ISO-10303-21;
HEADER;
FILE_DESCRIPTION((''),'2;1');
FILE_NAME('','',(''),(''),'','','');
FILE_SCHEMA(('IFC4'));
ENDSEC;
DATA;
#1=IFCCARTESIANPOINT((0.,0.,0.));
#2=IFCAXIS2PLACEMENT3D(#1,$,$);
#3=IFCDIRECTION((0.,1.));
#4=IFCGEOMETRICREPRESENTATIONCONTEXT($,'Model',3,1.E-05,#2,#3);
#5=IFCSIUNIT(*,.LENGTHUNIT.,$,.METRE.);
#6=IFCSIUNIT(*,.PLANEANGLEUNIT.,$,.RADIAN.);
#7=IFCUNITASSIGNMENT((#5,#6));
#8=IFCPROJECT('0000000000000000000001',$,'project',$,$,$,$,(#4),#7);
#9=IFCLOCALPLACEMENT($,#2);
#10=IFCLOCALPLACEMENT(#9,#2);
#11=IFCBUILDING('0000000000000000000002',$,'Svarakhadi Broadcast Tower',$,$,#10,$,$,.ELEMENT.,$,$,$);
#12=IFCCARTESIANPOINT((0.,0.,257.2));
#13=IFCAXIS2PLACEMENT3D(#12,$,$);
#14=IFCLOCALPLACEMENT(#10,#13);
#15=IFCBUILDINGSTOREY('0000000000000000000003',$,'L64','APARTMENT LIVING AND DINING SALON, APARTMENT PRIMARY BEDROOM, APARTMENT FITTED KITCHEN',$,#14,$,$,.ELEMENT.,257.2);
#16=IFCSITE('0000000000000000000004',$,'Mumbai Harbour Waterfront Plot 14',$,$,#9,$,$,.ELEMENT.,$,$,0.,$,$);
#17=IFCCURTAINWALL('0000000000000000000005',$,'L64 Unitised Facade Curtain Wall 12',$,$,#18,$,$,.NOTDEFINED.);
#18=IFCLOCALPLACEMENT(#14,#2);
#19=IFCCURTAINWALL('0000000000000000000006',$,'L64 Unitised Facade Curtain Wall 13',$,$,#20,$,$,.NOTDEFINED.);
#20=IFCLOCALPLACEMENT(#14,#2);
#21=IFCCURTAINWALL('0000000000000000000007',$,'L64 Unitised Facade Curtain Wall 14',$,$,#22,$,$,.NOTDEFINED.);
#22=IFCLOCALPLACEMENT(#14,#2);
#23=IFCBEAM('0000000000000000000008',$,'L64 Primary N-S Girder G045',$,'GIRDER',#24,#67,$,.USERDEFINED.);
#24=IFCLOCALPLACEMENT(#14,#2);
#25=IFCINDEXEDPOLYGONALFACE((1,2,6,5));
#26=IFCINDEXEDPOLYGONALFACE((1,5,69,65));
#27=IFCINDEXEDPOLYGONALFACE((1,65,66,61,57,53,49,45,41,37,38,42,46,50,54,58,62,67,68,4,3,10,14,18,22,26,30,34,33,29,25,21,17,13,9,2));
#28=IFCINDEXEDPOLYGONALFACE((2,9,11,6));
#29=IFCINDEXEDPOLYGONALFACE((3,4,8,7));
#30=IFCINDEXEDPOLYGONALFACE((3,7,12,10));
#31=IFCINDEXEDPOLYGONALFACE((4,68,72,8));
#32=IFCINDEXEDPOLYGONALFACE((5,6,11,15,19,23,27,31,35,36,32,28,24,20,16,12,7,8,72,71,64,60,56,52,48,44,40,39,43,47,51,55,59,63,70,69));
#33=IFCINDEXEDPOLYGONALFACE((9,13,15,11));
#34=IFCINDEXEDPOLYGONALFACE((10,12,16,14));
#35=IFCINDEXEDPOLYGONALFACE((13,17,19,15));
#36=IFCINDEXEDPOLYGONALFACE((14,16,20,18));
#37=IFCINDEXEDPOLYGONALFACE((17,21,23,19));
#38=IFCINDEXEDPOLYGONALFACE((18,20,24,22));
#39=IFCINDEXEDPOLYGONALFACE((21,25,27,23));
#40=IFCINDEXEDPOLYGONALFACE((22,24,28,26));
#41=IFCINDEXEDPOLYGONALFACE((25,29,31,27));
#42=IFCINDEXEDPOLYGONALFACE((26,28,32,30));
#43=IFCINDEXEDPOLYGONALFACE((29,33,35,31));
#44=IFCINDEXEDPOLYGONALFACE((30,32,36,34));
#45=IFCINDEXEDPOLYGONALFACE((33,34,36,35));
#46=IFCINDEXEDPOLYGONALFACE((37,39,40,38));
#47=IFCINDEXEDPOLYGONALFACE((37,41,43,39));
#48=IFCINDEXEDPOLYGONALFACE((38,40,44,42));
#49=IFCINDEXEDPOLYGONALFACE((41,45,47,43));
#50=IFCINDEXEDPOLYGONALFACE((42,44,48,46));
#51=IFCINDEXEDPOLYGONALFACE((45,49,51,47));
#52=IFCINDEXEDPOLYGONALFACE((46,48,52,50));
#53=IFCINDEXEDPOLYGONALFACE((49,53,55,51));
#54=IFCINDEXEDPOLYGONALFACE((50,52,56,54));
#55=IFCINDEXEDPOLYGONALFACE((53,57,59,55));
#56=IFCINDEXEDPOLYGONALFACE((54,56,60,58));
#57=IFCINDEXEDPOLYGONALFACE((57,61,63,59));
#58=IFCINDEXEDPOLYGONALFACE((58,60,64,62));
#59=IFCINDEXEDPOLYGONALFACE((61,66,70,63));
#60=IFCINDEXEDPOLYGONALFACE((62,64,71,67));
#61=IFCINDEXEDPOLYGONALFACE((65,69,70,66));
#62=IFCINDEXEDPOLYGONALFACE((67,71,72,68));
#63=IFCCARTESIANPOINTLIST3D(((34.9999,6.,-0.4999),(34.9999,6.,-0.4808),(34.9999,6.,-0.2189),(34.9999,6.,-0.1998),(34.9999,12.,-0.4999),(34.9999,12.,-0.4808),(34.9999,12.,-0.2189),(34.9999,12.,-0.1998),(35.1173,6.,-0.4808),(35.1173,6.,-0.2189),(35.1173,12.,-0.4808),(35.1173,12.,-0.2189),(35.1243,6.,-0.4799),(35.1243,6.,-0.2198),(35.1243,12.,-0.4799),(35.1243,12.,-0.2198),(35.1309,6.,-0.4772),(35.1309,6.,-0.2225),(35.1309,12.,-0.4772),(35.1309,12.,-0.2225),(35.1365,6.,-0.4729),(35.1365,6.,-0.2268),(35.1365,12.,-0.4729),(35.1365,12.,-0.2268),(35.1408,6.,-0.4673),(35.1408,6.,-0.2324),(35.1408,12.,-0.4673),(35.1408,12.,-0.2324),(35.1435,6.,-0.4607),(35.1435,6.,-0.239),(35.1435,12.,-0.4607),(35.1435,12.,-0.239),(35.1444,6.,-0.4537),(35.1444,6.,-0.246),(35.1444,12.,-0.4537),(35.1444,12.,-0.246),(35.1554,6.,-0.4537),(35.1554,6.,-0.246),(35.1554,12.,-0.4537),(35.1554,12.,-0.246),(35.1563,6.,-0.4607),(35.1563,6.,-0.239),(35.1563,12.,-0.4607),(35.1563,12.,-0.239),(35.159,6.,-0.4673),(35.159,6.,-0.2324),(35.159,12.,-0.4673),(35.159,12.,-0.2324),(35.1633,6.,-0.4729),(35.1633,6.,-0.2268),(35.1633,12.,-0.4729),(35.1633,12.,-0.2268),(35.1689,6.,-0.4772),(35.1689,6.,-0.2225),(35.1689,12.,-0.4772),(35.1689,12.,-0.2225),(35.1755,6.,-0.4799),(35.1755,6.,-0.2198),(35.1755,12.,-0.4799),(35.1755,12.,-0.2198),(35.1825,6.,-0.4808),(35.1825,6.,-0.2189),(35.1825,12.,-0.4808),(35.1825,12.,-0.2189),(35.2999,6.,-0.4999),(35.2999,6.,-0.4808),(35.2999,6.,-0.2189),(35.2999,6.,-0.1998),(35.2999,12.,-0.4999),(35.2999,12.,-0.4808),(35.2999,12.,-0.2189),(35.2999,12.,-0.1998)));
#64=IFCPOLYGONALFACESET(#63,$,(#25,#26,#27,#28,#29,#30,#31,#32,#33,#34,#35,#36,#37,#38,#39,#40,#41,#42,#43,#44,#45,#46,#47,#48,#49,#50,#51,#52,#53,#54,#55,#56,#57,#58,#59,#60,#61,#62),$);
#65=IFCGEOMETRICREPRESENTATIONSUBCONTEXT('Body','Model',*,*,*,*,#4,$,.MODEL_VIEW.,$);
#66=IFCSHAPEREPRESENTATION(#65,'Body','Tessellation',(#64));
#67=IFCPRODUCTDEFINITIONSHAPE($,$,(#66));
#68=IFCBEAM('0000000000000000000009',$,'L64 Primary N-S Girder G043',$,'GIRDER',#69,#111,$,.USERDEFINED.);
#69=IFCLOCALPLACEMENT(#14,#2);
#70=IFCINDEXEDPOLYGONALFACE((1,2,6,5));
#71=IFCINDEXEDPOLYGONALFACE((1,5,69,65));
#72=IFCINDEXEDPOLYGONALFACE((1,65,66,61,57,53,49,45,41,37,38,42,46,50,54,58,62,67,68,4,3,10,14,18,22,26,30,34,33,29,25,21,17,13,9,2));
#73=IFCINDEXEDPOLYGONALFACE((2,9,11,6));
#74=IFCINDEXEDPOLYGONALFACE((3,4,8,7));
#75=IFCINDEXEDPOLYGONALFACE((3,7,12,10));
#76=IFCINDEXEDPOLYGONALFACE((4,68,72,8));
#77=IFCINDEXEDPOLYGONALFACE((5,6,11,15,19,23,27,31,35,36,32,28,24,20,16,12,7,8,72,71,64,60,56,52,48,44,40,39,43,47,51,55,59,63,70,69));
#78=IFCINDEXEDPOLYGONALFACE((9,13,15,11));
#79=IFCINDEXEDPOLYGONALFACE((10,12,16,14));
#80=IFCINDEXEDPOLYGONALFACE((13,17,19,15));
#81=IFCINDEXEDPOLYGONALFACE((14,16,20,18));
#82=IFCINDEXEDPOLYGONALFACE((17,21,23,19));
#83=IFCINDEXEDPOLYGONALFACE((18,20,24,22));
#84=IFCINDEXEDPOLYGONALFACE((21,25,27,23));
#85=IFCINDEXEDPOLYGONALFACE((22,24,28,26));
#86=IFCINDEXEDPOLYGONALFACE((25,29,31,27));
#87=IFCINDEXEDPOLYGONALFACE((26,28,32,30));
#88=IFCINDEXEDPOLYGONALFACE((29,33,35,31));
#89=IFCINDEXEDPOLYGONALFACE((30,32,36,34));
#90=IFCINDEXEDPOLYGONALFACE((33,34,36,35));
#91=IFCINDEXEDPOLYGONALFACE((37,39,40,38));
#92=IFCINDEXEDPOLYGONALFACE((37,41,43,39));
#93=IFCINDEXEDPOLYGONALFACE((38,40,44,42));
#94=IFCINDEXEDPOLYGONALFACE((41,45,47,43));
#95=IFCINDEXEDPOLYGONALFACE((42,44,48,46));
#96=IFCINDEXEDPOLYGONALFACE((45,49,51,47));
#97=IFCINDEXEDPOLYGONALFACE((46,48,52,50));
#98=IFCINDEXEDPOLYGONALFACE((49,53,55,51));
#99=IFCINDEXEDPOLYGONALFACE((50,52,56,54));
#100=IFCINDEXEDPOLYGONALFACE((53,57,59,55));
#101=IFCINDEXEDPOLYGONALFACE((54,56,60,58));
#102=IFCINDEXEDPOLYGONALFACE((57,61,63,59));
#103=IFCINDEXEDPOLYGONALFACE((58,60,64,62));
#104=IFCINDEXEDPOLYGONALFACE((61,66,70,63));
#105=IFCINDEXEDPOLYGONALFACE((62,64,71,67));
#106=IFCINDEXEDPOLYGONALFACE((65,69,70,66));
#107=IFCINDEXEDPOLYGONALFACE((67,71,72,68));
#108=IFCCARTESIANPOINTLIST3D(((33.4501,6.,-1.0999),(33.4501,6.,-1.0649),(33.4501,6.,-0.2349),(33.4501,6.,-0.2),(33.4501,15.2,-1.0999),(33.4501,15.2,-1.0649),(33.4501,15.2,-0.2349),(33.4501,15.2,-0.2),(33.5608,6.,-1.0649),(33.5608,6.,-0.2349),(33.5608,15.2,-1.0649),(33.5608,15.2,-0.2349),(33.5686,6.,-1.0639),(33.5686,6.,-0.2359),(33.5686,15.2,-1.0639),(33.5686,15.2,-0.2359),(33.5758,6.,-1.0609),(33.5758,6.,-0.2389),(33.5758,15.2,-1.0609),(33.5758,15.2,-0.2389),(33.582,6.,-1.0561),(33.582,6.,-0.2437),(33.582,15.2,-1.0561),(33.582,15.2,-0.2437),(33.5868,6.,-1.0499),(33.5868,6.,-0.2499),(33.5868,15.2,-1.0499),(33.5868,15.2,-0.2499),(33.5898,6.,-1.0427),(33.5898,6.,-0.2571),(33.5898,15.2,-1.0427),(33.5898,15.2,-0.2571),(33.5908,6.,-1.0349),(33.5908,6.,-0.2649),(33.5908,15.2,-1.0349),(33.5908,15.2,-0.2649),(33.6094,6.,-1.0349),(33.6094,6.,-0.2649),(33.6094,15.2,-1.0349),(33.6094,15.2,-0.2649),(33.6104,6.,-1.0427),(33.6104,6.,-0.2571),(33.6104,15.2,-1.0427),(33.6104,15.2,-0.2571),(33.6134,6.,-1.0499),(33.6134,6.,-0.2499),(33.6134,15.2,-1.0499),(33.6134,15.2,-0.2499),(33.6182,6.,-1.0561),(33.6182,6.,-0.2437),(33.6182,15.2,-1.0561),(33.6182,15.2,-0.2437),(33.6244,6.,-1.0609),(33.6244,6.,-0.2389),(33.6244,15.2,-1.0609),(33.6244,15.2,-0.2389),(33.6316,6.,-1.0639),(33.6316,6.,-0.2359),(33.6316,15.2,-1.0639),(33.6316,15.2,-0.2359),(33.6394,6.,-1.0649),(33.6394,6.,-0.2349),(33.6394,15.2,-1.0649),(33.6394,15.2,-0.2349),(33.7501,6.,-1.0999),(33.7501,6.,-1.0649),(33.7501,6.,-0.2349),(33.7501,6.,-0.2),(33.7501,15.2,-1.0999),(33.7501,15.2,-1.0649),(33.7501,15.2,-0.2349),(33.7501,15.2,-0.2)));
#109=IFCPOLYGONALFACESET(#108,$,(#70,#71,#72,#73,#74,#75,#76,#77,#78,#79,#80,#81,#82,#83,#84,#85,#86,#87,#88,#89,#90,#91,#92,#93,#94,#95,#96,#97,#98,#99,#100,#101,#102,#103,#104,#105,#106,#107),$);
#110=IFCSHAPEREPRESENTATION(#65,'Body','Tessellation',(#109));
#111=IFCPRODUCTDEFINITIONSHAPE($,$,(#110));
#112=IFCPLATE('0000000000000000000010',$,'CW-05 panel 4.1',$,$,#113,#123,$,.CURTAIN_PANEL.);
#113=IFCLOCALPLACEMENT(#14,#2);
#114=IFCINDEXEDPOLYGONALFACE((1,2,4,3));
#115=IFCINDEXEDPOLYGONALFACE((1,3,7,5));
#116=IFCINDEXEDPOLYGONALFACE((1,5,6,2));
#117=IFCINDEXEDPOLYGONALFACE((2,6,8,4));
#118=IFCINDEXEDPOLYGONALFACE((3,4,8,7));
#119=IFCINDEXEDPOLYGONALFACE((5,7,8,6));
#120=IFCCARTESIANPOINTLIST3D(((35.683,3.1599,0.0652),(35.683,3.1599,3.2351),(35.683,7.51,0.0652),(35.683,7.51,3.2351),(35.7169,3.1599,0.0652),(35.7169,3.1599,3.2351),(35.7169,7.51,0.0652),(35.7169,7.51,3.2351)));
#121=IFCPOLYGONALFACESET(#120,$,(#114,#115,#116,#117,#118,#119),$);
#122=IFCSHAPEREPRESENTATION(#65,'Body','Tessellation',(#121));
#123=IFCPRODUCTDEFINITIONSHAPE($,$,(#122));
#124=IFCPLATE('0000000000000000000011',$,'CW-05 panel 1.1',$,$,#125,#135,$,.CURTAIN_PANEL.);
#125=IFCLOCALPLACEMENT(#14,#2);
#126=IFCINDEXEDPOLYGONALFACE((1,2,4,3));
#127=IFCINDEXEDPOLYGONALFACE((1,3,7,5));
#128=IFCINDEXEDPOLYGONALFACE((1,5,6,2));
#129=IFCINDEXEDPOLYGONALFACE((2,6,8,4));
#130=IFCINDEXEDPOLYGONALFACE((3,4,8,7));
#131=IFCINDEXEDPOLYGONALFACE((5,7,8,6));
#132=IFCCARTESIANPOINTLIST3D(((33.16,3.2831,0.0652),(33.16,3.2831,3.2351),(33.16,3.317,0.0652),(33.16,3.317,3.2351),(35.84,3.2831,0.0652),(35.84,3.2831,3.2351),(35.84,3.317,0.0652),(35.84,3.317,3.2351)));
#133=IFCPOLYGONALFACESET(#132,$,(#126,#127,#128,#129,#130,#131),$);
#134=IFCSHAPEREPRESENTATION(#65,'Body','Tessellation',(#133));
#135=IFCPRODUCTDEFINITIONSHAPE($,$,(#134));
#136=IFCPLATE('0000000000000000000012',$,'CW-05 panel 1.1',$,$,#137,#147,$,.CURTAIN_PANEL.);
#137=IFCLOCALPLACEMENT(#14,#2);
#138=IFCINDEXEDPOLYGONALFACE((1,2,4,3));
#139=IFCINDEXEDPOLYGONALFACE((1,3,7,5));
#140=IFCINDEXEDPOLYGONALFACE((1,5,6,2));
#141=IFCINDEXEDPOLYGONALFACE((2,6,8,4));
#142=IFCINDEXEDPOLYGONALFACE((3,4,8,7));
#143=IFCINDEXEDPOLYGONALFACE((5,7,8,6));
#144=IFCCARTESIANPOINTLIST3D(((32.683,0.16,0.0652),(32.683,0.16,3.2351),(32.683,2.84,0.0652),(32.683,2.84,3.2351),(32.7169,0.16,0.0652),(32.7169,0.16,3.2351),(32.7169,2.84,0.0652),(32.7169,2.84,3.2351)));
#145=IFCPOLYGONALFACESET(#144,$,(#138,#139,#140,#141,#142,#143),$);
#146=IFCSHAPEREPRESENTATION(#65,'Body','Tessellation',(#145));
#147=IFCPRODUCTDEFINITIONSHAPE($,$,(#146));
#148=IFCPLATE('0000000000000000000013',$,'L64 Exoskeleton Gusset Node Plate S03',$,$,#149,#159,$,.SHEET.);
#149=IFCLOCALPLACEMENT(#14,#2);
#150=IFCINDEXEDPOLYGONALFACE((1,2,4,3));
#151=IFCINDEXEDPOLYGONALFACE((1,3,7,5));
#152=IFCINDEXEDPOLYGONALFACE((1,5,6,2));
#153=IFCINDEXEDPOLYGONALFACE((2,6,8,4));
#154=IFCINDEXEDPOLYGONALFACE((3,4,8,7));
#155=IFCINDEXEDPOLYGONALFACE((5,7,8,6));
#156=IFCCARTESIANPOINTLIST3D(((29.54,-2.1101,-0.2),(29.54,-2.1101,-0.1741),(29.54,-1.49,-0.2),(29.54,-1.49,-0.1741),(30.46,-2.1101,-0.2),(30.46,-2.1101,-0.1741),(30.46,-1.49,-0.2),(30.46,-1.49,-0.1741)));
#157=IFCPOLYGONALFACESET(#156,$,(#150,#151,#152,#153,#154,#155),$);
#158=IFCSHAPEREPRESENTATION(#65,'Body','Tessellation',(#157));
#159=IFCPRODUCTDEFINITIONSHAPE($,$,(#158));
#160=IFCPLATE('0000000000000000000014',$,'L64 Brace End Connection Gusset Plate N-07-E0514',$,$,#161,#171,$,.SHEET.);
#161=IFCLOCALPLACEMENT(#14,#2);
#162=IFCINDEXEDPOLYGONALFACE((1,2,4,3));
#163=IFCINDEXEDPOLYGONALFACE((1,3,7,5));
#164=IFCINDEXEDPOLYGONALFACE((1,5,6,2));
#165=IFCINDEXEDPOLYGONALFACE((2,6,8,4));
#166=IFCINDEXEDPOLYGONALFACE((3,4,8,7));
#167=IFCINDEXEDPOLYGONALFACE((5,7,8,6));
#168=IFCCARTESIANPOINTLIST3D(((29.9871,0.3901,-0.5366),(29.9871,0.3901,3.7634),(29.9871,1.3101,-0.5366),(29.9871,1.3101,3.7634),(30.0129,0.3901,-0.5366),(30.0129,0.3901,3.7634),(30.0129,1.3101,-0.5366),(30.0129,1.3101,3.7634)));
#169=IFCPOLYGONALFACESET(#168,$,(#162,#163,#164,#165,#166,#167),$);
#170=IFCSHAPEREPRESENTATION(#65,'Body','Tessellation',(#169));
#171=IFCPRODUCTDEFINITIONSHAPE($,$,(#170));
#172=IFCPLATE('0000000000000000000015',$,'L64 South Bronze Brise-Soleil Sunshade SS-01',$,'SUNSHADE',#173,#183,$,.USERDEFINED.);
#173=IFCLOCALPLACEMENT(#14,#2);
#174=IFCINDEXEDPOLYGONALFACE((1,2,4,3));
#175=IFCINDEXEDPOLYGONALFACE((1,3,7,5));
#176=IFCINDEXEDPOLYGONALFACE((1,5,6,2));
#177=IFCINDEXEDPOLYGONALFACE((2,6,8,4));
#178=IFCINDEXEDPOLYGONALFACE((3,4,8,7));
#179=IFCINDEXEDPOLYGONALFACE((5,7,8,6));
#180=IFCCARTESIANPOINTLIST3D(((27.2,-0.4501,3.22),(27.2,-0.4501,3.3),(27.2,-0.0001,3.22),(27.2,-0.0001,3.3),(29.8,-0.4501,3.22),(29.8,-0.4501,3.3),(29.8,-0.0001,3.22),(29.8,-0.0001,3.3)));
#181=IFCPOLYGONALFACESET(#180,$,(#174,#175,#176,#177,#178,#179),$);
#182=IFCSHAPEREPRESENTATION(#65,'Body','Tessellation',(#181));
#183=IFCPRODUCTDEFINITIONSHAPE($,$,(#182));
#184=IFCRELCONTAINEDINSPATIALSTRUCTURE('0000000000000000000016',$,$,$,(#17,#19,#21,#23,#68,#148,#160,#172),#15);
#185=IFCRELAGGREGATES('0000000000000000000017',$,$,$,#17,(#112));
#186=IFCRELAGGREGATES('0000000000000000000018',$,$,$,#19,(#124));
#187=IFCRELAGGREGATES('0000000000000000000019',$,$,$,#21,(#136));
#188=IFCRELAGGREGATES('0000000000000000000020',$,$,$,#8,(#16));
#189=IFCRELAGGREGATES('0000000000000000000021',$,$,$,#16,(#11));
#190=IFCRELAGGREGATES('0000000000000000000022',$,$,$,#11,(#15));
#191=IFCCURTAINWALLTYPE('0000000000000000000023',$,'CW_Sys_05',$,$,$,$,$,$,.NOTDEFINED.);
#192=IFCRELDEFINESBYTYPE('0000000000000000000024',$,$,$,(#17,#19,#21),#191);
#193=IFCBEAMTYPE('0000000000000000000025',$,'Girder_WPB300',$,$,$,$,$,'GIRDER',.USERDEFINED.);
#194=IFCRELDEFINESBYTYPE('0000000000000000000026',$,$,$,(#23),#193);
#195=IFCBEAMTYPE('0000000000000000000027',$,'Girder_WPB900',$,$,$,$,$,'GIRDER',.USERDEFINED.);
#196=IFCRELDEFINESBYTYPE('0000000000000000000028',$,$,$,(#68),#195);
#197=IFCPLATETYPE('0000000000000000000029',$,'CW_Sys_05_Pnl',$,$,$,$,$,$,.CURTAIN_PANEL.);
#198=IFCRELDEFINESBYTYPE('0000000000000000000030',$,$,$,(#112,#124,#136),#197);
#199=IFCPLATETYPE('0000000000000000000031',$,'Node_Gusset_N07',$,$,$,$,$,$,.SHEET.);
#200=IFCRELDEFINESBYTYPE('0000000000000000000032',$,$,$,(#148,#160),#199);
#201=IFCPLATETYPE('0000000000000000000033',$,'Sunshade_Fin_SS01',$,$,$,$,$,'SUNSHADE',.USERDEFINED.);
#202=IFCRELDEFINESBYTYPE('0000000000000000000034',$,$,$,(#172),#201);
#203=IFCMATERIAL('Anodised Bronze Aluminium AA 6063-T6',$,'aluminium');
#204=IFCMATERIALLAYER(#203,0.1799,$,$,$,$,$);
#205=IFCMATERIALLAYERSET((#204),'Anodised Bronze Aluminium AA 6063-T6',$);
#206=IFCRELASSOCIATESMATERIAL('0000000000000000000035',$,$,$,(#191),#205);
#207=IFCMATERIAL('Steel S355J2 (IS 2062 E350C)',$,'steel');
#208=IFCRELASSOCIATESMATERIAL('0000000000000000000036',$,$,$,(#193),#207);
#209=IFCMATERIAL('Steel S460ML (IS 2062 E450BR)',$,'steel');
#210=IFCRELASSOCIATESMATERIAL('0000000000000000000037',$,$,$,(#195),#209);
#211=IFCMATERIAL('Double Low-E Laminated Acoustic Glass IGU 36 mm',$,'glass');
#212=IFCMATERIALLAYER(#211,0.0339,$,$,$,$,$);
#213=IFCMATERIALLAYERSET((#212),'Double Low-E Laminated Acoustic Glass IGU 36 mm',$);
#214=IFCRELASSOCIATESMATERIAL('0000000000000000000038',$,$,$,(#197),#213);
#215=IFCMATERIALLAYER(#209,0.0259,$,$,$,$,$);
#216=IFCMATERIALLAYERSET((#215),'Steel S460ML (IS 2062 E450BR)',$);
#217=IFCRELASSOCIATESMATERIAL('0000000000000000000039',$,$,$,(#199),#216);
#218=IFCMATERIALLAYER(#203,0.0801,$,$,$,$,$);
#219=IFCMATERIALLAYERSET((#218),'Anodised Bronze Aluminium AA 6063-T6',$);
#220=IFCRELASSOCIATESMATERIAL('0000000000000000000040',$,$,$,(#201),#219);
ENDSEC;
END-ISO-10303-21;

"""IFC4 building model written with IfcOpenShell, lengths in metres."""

from ifc_helpers import new_model, si_unit, direction, frame, origin, origin_2d, place, context, subcontext, project, spatial, rectangle, i_section, extrude, material, layer, layer_set, material_profile, profile_set, type_object, element, aggregate, save


model = new_model("IFC4")

# Units and contexts
model_context = context("Model", 3, precision=1e-05, world=origin(), true_north=direction((0.0, 1.0)))
body_context = subcontext(model_context, "Body", "Model", "MODEL_VIEW")
ifc_project = project(units=[si_unit("LENGTHUNIT", "METRE"), si_unit("PLANEANGLEUNIT", "RADIAN")], contexts=[model_context])

# Site, building, storey
site_placement = place(None, origin())
site = spatial("IfcSite", under=ifc_project, at=site_placement, Name="Mumbai Harbour Waterfront Plot 14", CompositionType="ELEMENT", RefElevation=0.0)
building_placement = place(site_placement, origin())
building = spatial("IfcBuilding", under=site, at=building_placement, Name="Svarakhadi Broadcast Tower", CompositionType="ELEMENT")
storey_placement = place(building_placement, frame((0.0, 0.0, 257.2)))
storey = spatial("IfcBuildingStorey", under=building, at=storey_placement, Name="L64", Description="APARTMENT LIVING AND DINING SALON, APARTMENT PRIMARY BEDROOM, APARTMENT FITTED KITCHEN", CompositionType="ELEMENT", Elevation=257.2)

# Shared definitions
ifc_material_1 = material(Name="Steel S460ML (IS 2062 E450BR)", Category="steel")

# Curtain wall
ifc_material_2 = material(Name="Anodised Bronze Aluminium AA 6063-T6", Category="aluminium")
ifc_layer_1 = layer(ifc_material_2, 0.1799)
ifc_layer_set_1 = layer_set([ifc_layer_1], Name="Anodised Bronze Aluminium AA 6063-T6")
curtain_wall_type = type_object("IfcCurtainWallType", Name="CW_Sys_05", PredefinedType="NOTDEFINED", material=ifc_layer_set_1)
curtain_wall_1_placement = place(storey_placement, origin())
curtain_wall_1 = element("IfcCurtainWall", 1, at=curtain_wall_1_placement, inside=storey, type_object=curtain_wall_type, Name="L64 Unitised Facade Curtain Wall 12", PredefinedType="NOTDEFINED")

# Curtain walls
curtain_wall_2_placement = place(storey_placement, origin())
curtain_wall_2 = element("IfcCurtainWall", 2, at=curtain_wall_2_placement, inside=storey, type_object=curtain_wall_type, Name="L64 Unitised Facade Curtain Wall 13", PredefinedType="NOTDEFINED")
curtain_wall_3_placement = place(storey_placement, origin())
curtain_wall_3 = element("IfcCurtainWall", 3, at=curtain_wall_3_placement, inside=storey, type_object=curtain_wall_type, Name="L64 Unitised Facade Curtain Wall 14", PredefinedType="NOTDEFINED")

# Beams
ifc_material_3 = material(Name="Steel S355J2 (IS 2062 E350C)", Category="steel")
ifc_material_profile_1 = material_profile(ifc_material_3, i_section(OverallWidth=0.3, OverallDepth=0.3, WebThickness=0.011, FlangeThickness=0.019, FilletRadius=0.0271, at=origin_2d()), Name="WPB 300x300x117")
ifc_profile_set_1 = profile_set([ifc_material_profile_1], Name="Steel S355J2 (IS 2062 E350C)")
beam_type_1 = type_object("IfcBeamType", Name="Girder_WPB300", ElementType="GIRDER", PredefinedType="USERDEFINED", material=ifc_profile_set_1)
beam_1_placement = place(storey_placement, frame((35.1499, 6.0, -0.3499), z_axis=(0.0, 1.0, 0.0), x_axis=(-1.0, 0.0, 0.0)))
element("IfcBeam", 4, at=beam_1_placement, inside=storey, type_object=beam_type_1, Name="L64 Primary N-S Girder G045", ObjectType="GIRDER", PredefinedType="USERDEFINED", context=body_context, shape_type="SweptSolid", body=[
    extrude(i_section(OverallWidth=0.3, OverallDepth=0.3, WebThickness=0.011, FlangeThickness=0.019, FilletRadius=0.0271, at=origin_2d()), origin(), (0.0, 0.0, 1.0), 6.0),
])
ifc_material_profile_2 = material_profile(ifc_material_1, i_section(OverallWidth=0.3, OverallDepth=0.8999, WebThickness=0.0186, FlangeThickness=0.0349, FilletRadius=0.03, at=origin_2d()), Name="WPB 900x300x291")
ifc_profile_set_2 = profile_set([ifc_material_profile_2], Name="Steel S460ML (IS 2062 E450BR)")
beam_type_2 = type_object("IfcBeamType", Name="Girder_WPB900", ElementType="GIRDER", PredefinedType="USERDEFINED", material=ifc_profile_set_2)
beam_2_placement = place(storey_placement, frame((33.6001, 6.0, -0.6499), z_axis=(0.0, 1.0, 0.0), x_axis=(-1.0, 0.0, 0.0)))
element("IfcBeam", 5, at=beam_2_placement, inside=storey, type_object=beam_type_2, Name="L64 Primary N-S Girder G043", ObjectType="GIRDER", PredefinedType="USERDEFINED", context=body_context, shape_type="SweptSolid", body=[
    extrude(i_section(OverallWidth=0.3, OverallDepth=0.8999, WebThickness=0.0186, FlangeThickness=0.0349, FilletRadius=0.03, at=origin_2d()), origin(), (0.0, 0.0, 1.0), 9.2),
])

# Plates
ifc_material_4 = material(Name="Double Low-E Laminated Acoustic Glass IGU 36 mm", Category="glass")
ifc_layer_2 = layer(ifc_material_4, 0.0339)
ifc_layer_set_2 = layer_set([ifc_layer_2], Name="Double Low-E Laminated Acoustic Glass IGU 36 mm")
plate_type_1 = type_object("IfcPlateType", Name="CW_Sys_05_Pnl", PredefinedType="CURTAIN_PANEL", material=ifc_layer_set_2)
plate_1_placement = place(storey_placement, frame((35.7, 5.335, 0.0652), z_axis=(0.0, 0.0, 1.0), x_axis=(0.0, -1.0, 0.0)))
plate_1 = element("IfcPlate", 6, at=plate_1_placement, type_object=plate_type_1, Name="CW-05 panel 4.1", PredefinedType="CURTAIN_PANEL", context=body_context, shape_type="SweptSolid", body=[
    extrude(rectangle(XDim=4.3501, YDim=0.0339, at=origin_2d()), origin(), (0.0, 0.0, 1.0), 3.1699),
])
aggregate(curtain_wall_1, [plate_1])
plate_2_placement = place(storey_placement, frame((34.5, 3.3, 0.0652), z_axis=(0.0, 0.0, 1.0), x_axis=(-1.0, 0.0, 0.0)))
plate_2 = element("IfcPlate", 7, at=plate_2_placement, type_object=plate_type_1, Name="CW-05 panel 1.1", PredefinedType="CURTAIN_PANEL", context=body_context, shape_type="SweptSolid", body=[
    extrude(rectangle(XDim=2.6799, YDim=0.0339, at=origin_2d()), origin(), (0.0, 0.0, 1.0), 3.1699),
])
aggregate(curtain_wall_2, [plate_2])
plate_3_placement = place(storey_placement, frame((32.7, 1.5, 0.0652), z_axis=(0.0, 0.0, 1.0), x_axis=(0.0, -1.0, 0.0)))
plate_3 = element("IfcPlate", 8, at=plate_3_placement, type_object=plate_type_1, Name="CW-05 panel 1.1", PredefinedType="CURTAIN_PANEL", context=body_context, shape_type="SweptSolid", body=[
    extrude(rectangle(XDim=2.6799, YDim=0.0339, at=origin_2d()), origin(), (0.0, 0.0, 1.0), 3.1699),
])
aggregate(curtain_wall_3, [plate_3])

# Plates
ifc_layer_3 = layer(ifc_material_1, 0.0259)
ifc_layer_set_3 = layer_set([ifc_layer_3], Name="Steel S460ML (IS 2062 E450BR)")
plate_type_2 = type_object("IfcPlateType", Name="Node_Gusset_N07", PredefinedType="SHEET", material=ifc_layer_set_3)
plate_4_placement = place(storey_placement, frame((30.0, -1.8, -0.2), z_axis=(0.0, 0.0, 1.0), x_axis=(1.0, 0.0, 0.0)))
element("IfcPlate", 9, at=plate_4_placement, inside=storey, type_object=plate_type_2, Name="L64 Exoskeleton Gusset Node Plate S03", PredefinedType="SHEET", context=body_context, shape_type="SweptSolid", body=[
    extrude(rectangle(XDim=0.9199, YDim=0.6201, at=origin_2d()), origin(), (0.0, 0.0, 1.0), 0.0259),
])
plate_5_placement = place(storey_placement, frame((30.0, 0.8501, -0.5366), z_axis=(0.0, 0.0, 1.0), x_axis=(0.0, 1.0, 0.0)))
element("IfcPlate", 10, at=plate_5_placement, inside=storey, type_object=plate_type_2, Name="L64 Brace End Connection Gusset Plate N-07-E0514", PredefinedType="SHEET", context=body_context, shape_type="SweptSolid", body=[
    extrude(rectangle(XDim=0.9199, YDim=0.0259, at=origin_2d()), origin(), (0.0, 0.0, 1.0), 4.3),
])
ifc_layer_4 = layer(ifc_material_2, 0.0801)
ifc_layer_set_4 = layer_set([ifc_layer_4], Name="Anodised Bronze Aluminium AA 6063-T6")
plate_type_3 = type_object("IfcPlateType", Name="Sunshade_Fin_SS01", ElementType="SUNSHADE", PredefinedType="USERDEFINED", material=ifc_layer_set_4)
plate_6_placement = place(storey_placement, frame((28.5, -0.2251, 3.22), z_axis=(0.0, 0.0, 1.0), x_axis=(1.0, 0.0, 0.0)))
element("IfcPlate", 11, at=plate_6_placement, inside=storey, type_object=plate_type_3, Name="L64 South Bronze Brise-Soleil Sunshade SS-01", ObjectType="SUNSHADE", PredefinedType="USERDEFINED", context=body_context, shape_type="SweptSolid", body=[
    extrude(rectangle(XDim=2.6001, YDim=0.45, at=origin_2d()), origin(), (0.0, 0.0, 1.0), 0.0801),
])

save(model, "model.ifc")
